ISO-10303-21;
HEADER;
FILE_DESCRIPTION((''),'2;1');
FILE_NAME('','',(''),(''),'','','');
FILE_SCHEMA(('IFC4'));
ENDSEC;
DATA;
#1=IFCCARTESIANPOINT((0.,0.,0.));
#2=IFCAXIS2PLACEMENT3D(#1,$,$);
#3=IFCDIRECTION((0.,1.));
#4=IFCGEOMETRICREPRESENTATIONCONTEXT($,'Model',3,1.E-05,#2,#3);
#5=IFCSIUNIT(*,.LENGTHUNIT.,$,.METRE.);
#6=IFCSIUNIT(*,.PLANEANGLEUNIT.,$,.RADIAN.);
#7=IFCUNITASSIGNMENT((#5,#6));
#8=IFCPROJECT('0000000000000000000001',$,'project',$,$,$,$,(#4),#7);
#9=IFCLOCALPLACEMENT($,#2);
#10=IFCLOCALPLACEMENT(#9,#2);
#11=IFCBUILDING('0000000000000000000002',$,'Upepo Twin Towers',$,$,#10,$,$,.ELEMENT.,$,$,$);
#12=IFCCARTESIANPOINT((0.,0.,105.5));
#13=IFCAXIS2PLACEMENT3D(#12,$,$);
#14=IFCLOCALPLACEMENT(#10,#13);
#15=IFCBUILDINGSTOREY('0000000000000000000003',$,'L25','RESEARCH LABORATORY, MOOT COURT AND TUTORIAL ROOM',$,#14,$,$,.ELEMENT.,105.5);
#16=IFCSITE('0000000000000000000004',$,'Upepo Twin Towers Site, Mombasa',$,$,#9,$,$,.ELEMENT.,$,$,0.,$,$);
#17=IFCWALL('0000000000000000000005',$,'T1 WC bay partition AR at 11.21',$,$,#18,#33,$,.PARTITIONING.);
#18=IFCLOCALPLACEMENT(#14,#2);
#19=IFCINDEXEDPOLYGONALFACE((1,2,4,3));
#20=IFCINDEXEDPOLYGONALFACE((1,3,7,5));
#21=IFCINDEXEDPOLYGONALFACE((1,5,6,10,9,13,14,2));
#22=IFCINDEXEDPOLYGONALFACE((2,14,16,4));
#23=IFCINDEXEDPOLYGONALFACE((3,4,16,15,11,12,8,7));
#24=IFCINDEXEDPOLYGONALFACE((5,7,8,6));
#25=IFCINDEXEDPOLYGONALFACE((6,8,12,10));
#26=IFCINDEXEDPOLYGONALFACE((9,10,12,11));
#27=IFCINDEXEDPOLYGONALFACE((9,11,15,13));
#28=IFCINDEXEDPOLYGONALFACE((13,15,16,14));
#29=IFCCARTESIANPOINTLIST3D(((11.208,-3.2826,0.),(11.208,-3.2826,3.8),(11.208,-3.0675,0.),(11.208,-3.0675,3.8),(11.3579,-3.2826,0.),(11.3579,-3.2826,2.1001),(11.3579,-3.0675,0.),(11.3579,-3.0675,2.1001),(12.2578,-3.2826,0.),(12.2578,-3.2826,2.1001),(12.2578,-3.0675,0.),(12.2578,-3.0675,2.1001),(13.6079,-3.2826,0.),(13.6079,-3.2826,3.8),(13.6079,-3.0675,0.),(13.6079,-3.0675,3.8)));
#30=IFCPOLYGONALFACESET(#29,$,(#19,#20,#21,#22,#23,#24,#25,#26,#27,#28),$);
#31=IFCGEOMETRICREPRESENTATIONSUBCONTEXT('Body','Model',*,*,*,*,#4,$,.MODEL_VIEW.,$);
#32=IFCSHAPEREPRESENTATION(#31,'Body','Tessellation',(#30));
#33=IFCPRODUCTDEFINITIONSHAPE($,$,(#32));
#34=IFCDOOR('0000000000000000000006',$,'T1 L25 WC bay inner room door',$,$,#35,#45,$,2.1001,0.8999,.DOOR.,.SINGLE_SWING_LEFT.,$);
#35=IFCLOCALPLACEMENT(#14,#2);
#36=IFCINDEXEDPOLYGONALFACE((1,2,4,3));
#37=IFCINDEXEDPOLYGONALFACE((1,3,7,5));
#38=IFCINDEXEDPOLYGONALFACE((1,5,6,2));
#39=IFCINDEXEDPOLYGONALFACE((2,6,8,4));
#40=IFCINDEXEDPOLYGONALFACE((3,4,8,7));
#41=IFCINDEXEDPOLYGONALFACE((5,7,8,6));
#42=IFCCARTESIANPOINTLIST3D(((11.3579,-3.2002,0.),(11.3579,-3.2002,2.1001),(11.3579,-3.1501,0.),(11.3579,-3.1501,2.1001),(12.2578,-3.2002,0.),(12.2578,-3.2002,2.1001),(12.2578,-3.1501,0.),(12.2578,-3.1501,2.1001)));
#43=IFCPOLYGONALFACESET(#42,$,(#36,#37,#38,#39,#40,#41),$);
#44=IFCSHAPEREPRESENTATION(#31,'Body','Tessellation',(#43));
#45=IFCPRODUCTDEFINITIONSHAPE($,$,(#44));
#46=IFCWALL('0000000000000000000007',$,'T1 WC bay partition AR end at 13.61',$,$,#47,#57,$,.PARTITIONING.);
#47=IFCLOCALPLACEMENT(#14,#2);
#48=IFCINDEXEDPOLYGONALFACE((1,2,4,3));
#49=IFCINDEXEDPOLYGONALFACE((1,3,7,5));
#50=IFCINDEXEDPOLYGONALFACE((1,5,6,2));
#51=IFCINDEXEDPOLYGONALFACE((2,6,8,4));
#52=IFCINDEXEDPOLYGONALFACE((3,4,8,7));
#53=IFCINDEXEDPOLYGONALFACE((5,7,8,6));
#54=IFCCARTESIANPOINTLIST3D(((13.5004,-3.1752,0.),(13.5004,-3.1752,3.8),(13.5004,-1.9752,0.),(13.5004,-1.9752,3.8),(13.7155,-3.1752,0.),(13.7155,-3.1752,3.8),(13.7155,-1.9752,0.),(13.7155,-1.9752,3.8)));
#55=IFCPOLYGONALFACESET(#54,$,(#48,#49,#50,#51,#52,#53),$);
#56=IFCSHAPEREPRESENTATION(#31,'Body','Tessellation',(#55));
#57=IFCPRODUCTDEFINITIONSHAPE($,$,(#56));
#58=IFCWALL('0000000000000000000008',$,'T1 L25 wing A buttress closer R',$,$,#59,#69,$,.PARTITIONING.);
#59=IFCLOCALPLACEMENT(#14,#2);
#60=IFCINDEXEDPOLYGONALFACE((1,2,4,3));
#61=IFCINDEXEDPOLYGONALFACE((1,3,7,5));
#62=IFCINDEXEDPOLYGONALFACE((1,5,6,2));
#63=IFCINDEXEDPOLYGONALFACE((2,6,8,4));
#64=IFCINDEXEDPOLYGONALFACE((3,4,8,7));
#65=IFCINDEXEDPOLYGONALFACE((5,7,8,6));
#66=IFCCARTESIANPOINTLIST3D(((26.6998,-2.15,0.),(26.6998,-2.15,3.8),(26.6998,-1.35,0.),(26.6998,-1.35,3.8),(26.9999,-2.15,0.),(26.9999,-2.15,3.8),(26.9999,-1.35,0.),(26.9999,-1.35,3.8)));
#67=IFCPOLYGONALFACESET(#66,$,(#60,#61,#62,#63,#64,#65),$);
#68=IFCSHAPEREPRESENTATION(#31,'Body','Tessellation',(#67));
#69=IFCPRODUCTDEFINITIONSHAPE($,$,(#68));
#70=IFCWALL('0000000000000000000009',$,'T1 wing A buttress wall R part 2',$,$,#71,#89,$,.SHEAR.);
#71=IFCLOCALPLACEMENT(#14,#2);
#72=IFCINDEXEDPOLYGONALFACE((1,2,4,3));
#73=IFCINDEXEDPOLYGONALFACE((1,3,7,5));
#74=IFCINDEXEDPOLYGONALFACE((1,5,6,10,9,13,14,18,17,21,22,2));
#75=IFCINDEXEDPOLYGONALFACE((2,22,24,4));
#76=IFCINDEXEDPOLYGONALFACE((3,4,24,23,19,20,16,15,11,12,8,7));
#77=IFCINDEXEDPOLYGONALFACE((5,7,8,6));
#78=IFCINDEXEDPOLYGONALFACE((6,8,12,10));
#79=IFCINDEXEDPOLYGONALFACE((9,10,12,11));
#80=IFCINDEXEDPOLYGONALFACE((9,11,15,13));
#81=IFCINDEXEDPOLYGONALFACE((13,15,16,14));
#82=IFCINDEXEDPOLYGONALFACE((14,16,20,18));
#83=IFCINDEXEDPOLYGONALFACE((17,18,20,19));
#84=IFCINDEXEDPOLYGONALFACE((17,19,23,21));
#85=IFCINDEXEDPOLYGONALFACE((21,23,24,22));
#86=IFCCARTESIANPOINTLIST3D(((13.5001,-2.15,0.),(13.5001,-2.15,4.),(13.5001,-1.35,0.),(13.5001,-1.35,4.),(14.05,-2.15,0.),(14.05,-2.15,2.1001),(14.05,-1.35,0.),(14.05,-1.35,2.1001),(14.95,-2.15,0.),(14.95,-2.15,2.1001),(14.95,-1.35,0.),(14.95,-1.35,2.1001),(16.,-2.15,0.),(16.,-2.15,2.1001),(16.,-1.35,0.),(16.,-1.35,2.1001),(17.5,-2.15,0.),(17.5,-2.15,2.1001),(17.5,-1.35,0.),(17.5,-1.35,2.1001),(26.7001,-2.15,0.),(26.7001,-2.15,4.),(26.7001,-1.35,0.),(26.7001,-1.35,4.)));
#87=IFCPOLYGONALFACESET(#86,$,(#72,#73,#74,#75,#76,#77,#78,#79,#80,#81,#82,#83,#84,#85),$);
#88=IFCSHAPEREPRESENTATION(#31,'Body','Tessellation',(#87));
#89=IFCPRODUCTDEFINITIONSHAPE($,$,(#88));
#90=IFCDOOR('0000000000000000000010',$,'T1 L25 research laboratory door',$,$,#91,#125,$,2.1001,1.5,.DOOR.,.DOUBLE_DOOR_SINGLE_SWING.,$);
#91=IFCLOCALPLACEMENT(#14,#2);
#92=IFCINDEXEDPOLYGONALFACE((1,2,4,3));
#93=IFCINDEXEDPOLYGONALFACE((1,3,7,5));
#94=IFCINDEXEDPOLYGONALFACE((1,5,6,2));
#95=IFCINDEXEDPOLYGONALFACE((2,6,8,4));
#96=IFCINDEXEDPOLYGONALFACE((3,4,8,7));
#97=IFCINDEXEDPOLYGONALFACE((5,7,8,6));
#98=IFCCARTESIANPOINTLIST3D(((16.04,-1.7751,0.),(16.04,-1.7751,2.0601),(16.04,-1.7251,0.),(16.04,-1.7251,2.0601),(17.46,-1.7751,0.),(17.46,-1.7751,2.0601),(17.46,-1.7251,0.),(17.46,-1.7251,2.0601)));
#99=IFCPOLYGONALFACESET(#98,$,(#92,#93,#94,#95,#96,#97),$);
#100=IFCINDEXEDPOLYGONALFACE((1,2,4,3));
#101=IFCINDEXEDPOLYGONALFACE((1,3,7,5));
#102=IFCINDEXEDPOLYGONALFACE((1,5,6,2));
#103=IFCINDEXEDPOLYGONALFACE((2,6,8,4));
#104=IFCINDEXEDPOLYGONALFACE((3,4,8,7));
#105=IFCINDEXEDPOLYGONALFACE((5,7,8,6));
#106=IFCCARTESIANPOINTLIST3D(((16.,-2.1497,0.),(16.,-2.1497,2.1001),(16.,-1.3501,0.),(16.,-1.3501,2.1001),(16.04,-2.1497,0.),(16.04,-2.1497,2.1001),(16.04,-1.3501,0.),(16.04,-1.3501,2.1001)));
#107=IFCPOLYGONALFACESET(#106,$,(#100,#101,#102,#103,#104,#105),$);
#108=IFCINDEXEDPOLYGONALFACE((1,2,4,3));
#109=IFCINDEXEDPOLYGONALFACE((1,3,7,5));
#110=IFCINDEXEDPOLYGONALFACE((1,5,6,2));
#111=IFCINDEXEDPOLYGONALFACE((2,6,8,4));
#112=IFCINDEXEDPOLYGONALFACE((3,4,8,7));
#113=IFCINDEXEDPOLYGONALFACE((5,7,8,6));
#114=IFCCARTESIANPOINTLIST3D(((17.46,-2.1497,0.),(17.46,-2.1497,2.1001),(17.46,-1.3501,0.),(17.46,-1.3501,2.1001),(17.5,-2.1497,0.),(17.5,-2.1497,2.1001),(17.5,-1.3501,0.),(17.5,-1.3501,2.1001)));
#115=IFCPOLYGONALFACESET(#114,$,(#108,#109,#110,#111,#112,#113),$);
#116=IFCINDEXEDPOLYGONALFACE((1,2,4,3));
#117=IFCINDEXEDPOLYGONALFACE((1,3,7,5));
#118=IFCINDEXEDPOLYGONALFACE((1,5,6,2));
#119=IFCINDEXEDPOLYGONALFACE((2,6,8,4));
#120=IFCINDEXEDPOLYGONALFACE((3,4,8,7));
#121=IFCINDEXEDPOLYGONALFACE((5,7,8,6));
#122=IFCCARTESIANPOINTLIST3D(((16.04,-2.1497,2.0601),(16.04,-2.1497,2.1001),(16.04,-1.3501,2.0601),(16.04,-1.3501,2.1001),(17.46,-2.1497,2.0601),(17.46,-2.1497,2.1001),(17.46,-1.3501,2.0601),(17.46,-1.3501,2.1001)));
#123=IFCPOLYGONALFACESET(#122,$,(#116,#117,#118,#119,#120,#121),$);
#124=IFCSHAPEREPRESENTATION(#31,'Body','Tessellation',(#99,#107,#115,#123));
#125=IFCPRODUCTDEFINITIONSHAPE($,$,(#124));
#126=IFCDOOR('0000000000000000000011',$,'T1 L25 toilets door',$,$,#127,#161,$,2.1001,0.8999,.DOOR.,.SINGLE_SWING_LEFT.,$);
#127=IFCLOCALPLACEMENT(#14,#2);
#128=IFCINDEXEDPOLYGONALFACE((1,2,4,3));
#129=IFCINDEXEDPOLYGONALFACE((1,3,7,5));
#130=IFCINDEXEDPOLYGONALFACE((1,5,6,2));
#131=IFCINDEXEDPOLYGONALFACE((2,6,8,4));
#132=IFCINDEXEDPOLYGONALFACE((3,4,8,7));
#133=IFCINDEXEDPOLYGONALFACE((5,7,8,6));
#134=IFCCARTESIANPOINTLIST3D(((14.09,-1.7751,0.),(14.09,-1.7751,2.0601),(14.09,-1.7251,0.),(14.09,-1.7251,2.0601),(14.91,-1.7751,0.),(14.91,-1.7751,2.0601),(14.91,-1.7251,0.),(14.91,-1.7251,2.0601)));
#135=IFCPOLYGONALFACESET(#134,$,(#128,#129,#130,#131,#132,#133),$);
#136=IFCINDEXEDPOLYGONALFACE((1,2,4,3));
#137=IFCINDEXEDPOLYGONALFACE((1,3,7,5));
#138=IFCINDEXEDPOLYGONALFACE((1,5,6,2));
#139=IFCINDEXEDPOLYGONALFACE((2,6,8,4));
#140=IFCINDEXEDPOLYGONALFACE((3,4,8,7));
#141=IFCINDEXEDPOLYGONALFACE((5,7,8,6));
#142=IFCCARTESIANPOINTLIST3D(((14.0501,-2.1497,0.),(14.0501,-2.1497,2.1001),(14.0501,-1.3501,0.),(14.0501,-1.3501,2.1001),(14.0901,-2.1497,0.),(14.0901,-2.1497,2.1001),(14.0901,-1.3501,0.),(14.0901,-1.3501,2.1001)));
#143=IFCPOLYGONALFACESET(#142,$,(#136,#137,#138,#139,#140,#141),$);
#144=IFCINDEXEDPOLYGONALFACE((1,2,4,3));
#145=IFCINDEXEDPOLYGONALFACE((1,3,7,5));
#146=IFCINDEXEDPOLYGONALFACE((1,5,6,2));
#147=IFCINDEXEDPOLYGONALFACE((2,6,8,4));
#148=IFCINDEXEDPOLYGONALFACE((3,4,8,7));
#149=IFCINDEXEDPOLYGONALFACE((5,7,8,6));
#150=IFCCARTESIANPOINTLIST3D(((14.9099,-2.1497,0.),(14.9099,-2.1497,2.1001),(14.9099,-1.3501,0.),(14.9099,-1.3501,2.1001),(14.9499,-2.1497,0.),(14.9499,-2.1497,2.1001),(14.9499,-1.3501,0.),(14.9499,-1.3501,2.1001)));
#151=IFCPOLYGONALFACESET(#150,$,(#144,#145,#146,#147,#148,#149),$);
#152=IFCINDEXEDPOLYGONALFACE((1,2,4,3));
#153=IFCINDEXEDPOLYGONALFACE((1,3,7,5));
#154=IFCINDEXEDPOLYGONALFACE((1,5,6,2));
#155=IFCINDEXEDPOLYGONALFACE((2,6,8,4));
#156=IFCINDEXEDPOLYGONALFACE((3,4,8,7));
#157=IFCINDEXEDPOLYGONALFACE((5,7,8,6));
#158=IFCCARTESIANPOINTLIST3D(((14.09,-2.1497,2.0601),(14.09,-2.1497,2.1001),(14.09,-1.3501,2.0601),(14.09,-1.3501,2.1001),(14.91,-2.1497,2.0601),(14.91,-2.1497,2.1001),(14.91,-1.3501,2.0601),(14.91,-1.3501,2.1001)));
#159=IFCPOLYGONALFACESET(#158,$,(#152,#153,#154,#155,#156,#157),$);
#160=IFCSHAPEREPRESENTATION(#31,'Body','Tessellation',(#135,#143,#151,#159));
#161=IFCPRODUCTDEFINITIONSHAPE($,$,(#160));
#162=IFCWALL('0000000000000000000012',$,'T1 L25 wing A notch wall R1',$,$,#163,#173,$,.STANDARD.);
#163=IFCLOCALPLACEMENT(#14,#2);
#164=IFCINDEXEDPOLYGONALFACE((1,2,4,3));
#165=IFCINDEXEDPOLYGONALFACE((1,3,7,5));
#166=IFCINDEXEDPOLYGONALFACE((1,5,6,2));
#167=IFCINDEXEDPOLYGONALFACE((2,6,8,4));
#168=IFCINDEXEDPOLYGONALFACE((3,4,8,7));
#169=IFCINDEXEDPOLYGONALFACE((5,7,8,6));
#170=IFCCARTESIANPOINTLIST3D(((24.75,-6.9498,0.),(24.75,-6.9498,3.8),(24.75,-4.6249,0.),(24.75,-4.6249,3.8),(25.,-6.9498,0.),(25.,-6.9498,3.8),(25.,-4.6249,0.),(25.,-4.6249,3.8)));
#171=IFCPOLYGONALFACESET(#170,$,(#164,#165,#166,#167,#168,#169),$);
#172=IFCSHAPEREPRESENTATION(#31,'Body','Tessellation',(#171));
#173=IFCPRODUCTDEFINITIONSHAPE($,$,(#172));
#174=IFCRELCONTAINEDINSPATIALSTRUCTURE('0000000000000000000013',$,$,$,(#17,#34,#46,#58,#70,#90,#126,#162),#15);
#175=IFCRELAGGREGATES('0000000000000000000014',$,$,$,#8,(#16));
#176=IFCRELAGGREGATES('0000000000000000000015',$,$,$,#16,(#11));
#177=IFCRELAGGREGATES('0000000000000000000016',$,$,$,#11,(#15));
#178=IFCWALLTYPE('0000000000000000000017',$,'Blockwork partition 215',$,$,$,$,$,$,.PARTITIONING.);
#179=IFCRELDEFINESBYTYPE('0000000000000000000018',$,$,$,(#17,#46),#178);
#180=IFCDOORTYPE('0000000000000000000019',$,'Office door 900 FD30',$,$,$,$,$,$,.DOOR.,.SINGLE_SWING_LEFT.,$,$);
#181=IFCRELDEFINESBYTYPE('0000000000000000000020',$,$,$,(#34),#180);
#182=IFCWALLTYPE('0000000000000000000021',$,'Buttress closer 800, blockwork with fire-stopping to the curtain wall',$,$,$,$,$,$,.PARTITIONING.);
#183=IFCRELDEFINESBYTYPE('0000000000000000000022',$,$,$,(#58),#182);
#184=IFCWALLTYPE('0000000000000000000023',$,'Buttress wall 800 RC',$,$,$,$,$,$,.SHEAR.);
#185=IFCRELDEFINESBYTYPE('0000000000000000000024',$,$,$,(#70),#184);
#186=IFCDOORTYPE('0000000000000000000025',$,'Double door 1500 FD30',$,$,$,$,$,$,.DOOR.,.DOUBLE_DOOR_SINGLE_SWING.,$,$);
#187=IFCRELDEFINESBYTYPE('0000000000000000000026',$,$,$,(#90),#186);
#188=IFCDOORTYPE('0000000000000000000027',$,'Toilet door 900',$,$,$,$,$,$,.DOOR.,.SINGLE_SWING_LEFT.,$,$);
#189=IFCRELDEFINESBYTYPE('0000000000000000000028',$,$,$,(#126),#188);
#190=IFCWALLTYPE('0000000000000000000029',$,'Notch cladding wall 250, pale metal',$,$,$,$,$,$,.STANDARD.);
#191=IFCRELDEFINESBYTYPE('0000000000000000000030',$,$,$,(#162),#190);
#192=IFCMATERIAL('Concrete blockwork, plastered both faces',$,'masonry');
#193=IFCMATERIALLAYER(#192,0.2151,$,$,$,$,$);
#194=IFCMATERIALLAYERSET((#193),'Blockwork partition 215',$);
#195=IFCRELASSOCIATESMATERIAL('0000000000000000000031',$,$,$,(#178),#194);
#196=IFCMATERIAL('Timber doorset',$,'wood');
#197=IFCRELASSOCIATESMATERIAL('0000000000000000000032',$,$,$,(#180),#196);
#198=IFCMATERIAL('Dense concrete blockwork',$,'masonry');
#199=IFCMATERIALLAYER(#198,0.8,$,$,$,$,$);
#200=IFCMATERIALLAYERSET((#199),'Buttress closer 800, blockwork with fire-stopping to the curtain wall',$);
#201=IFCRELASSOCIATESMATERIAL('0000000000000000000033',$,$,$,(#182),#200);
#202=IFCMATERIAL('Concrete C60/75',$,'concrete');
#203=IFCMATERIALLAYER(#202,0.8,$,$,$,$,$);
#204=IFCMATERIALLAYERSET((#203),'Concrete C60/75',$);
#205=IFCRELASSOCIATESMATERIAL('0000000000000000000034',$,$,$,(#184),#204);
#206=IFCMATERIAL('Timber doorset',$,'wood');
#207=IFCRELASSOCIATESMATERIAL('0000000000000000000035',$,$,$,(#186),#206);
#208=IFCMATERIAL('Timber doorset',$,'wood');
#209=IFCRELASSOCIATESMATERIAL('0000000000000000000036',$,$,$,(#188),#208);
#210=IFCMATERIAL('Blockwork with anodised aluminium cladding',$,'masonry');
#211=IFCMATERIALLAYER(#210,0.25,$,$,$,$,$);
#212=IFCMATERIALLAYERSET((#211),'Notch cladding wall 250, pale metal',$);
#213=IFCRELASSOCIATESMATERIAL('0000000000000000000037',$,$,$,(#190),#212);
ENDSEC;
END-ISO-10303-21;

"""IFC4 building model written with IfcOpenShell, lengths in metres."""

from ifc_helpers import new_model, si_unit, direction, frame, frame_2d, origin, place, context, subcontext, project, spatial, rectangle, extrude, material, layer, layer_set, type_object, element, fill, save


model = new_model("IFC4")

# Units and contexts
model_context = context("Model", 3, precision=1e-05, world=origin(), true_north=direction((0.0, 1.0)))
body_context = subcontext(model_context, "Body", "Model", "MODEL_VIEW")
ifc_project = project(units=[si_unit("LENGTHUNIT", "METRE"), si_unit("PLANEANGLEUNIT", "RADIAN")], contexts=[model_context])

# Site, building, storey
site_placement = place(None, origin())
site = spatial("IfcSite", under=ifc_project, at=site_placement, Name="Upepo Twin Towers Site, Mombasa", CompositionType="ELEMENT", RefElevation=0.0)
building_placement = place(site_placement, origin())
building = spatial("IfcBuilding", under=site, at=building_placement, Name="Upepo Twin Towers", CompositionType="ELEMENT")
storey_placement = place(building_placement, frame((0.0, 0.0, 105.5)))
storey = spatial("IfcBuildingStorey", under=building, at=storey_placement, Name="L25", Description="RESEARCH LABORATORY, MOOT COURT AND TUTORIAL ROOM", CompositionType="ELEMENT", Elevation=105.5)

# Shared definitions
ifc_material_1 = material(Name="Concrete blockwork, plastered both faces", Category="masonry")
ifc_layer_1 = layer(ifc_material_1, 0.2151)
ifc_layer_set_1 = layer_set([ifc_layer_1], Name="Blockwork partition 215")
wall_type_1 = type_object("IfcWallType", Name="Blockwork partition 215", PredefinedType="PARTITIONING", material=ifc_layer_set_1)

# Wall, opening, door
wall_1_placement = place(storey_placement, frame((11.208, -3.175, 0.0), z_axis=(0.0, 0.0, 1.0), x_axis=(1.0, 0.0, 0.0)))
wall_1 = element("IfcWall", 1, at=wall_1_placement, inside=storey, type_object=wall_type_1, Name="T1 WC bay partition AR at 11.21", PredefinedType="PARTITIONING", context=body_context, shape_type="SweptSolid", body=[
    extrude(rectangle(XDim=2.3999, YDim=0.2151, at=frame_2d((1.2, 0.0))), origin(), (0.0, 0.0, 1.0), 3.8),
])
opening_1_placement = place(wall_1_placement, frame((0.1499, 0.0, 0.0)))
opening_1 = element("IfcOpeningElement", 2, at=opening_1_placement, cuts=wall_1, PredefinedType="OPENING", context=body_context, shape_type="SweptSolid", body=[
    extrude(rectangle(XDim=0.8999, YDim=2.1001, at=frame_2d((0.45, 1.05))), frame((0.0, 0.1174, 0.0), z_axis=(0.0, -1.0, 0.0), x_axis=(1.0, 0.0, 0.0)), (0.0, 0.0, 1.0), 0.2351),
])
ifc_material_2 = material(Name="Timber doorset", Category="wood")
door_type_1 = type_object("IfcDoorType", Name="Office door 900 FD30", OperationType="SINGLE_SWING_LEFT", PredefinedType="DOOR", material=ifc_material_2)
door_1_placement = place(opening_1_placement, origin())
door_1 = element("IfcDoor", 3, at=door_1_placement, inside=storey, type_object=door_type_1, Name="T1 L25 WC bay inner room door", OperationType="SINGLE_SWING_LEFT", OverallHeight=2.1001, OverallWidth=0.8999, PredefinedType="DOOR", context=body_context, shape_type="SweptSolid", body=[
    extrude(rectangle(XDim=0.8999, YDim=2.1001, at=frame_2d((0.45, 1.05))), frame((0.0, 0.0249, 0.0), z_axis=(0.0, -1.0, 0.0), x_axis=(1.0, 0.0, 0.0)), (0.0, 0.0, 1.0), 0.05),
])
fill(opening_1, door_1)

# Walls
wall_2_placement = place(storey_placement, frame((13.6079, -1.9751, 0.0), z_axis=(0.0, 0.0, 1.0), x_axis=(0.0, -1.0, 0.0)))
element("IfcWall", 4, at=wall_2_placement, inside=storey, type_object=wall_type_1, Name="T1 WC bay partition AR end at 13.61", PredefinedType="PARTITIONING", context=body_context, shape_type="SweptSolid", body=[
    extrude(rectangle(XDim=1.2, YDim=0.2151, at=frame_2d((0.6001, 0.0))), origin(), (0.0, 0.0, 1.0), 3.8),
])
ifc_material_3 = material(Name="Dense concrete blockwork", Category="masonry")
ifc_layer_2 = layer(ifc_material_3, 0.8)
ifc_layer_set_2 = layer_set([ifc_layer_2], Name="Buttress closer 800, blockwork with fire-stopping to the curtain wall")
wall_type_2 = type_object("IfcWallType", Name="Buttress closer 800, blockwork with fire-stopping to the curtain wall", PredefinedType="PARTITIONING", material=ifc_layer_set_2)
wall_3_placement = place(storey_placement, frame((26.7, -1.75, 0.0), z_axis=(0.0, 0.0, 1.0), x_axis=(1.0, 0.0, 0.0)))
element("IfcWall", 5, at=wall_3_placement, inside=storey, type_object=wall_type_2, Name="T1 L25 wing A buttress closer R", PredefinedType="PARTITIONING", context=body_context, shape_type="SweptSolid", body=[
    extrude(rectangle(XDim=0.3, YDim=0.8, at=frame_2d((0.1499, 0.0))), origin(), (0.0, 0.0, 1.0), 3.8),
])

# Wall, openings, doors
ifc_material_4 = material(Name="Concrete C60/75", Category="concrete")
ifc_layer_3 = layer(ifc_material_4, 0.8)
ifc_layer_set_3 = layer_set([ifc_layer_3], Name="Concrete C60/75")
wall_type_3 = type_object("IfcWallType", Name="Buttress wall 800 RC", PredefinedType="SHEAR", material=ifc_layer_set_3)
wall_4_placement = place(storey_placement, frame((13.5, -1.75, 0.0), z_axis=(0.0, 0.0, 1.0), x_axis=(1.0, 0.0, 0.0)))
wall_4 = element("IfcWall", 6, at=wall_4_placement, inside=storey, type_object=wall_type_3, Name="T1 wing A buttress wall R part 2", PredefinedType="SHEAR", context=body_context, shape_type="SweptSolid", body=[
    extrude(rectangle(XDim=13.2, YDim=0.8, at=frame_2d((6.6001, 0.0))), origin(), (0.0, 0.0, 1.0), 4.0),
])
opening_2_placement = place(wall_4_placement, frame((0.55, 0.0, 0.0)))
opening_2 = element("IfcOpeningElement", 7, at=opening_2_placement, cuts=wall_4, PredefinedType="OPENING", context=body_context, shape_type="SweptSolid", body=[
    extrude(rectangle(XDim=0.8999, YDim=2.1001, at=frame_2d((0.45, 1.05))), frame((0.0, 0.4099, 0.0), z_axis=(0.0, -1.0, 0.0), x_axis=(1.0, 0.0, 0.0)), (0.0, 0.0, 1.0), 0.8201),
])
opening_3_placement = place(wall_4_placement, frame((2.5, 0.0, 0.0)))
opening_3 = element("IfcOpeningElement", 8, at=opening_3_placement, cuts=wall_4, PredefinedType="OPENING", context=body_context, shape_type="SweptSolid", body=[
    extrude(rectangle(XDim=1.5, YDim=2.1001, at=frame_2d((0.75, 1.05))), frame((0.0, 0.4099, 0.0), z_axis=(0.0, -1.0, 0.0), x_axis=(1.0, 0.0, 0.0)), (0.0, 0.0, 1.0), 0.8201),
])
ifc_material_5 = material(Name="Timber doorset", Category="wood")
door_type_2 = type_object("IfcDoorType", Name="Double door 1500 FD30", OperationType="DOUBLE_DOOR_SINGLE_SWING", PredefinedType="DOOR", material=ifc_material_5)
door_2_placement = place(opening_3_placement, origin())
door_2 = element("IfcDoor", 9, at=door_2_placement, inside=storey, type_object=door_type_2, Name="T1 L25 research laboratory door", OperationType="DOUBLE_DOOR_SINGLE_SWING", OverallHeight=2.1001, OverallWidth=1.5, PredefinedType="DOOR", context=body_context, shape_type="SweptSolid", body=[
    extrude(rectangle(XDim=1.42, YDim=2.0601, at=frame_2d((0.75, 1.03))), frame((0.0, 0.0249, 0.0), z_axis=(0.0, -1.0, 0.0), x_axis=(1.0, 0.0, 0.0)), (0.0, 0.0, 1.0), 0.05),
    extrude(rectangle(XDim=0.04, YDim=2.1001, at=frame_2d((0.02, 1.05))), frame((0.0, 0.3999, 0.0), z_axis=(0.0, -1.0, 0.0), x_axis=(1.0, 0.0, 0.0)), (0.0, 0.0, 1.0), 0.7996),
    extrude(rectangle(XDim=0.04, YDim=2.1001, at=frame_2d((1.48, 1.05))), frame((0.0, 0.3999, 0.0), z_axis=(0.0, -1.0, 0.0), x_axis=(1.0, 0.0, 0.0)), (0.0, 0.0, 1.0), 0.7996),
    extrude(rectangle(XDim=1.42, YDim=0.04, at=frame_2d((0.75, 2.0801))), frame((0.0, 0.3999, 0.0), z_axis=(0.0, -1.0, 0.0), x_axis=(1.0, 0.0, 0.0)), (0.0, 0.0, 1.0), 0.7996),
])
fill(opening_3, door_2)
ifc_material_6 = material(Name="Timber doorset", Category="wood")
door_type_3 = type_object("IfcDoorType", Name="Toilet door 900", OperationType="SINGLE_SWING_LEFT", PredefinedType="DOOR", material=ifc_material_6)
door_3_placement = place(opening_2_placement, origin())
door_3 = element("IfcDoor", 10, at=door_3_placement, inside=storey, type_object=door_type_3, Name="T1 L25 toilets door", OperationType="SINGLE_SWING_LEFT", OverallHeight=2.1001, OverallWidth=0.8999, PredefinedType="DOOR", context=body_context, shape_type="SweptSolid", body=[
    extrude(rectangle(XDim=0.8199, YDim=2.0601, at=frame_2d((0.45, 1.03))), frame((0.0, 0.0249, 0.0), z_axis=(0.0, -1.0, 0.0), x_axis=(1.0, 0.0, 0.0)), (0.0, 0.0, 1.0), 0.05),
    extrude(rectangle(XDim=0.04, YDim=2.1001, at=frame_2d((0.02, 1.05))), frame((0.0, 0.3999, 0.0), z_axis=(0.0, -1.0, 0.0), x_axis=(1.0, 0.0, 0.0)), (0.0, 0.0, 1.0), 0.7996),
    extrude(rectangle(XDim=0.04, YDim=2.1001, at=frame_2d((0.8799, 1.05))), frame((0.0, 0.3999, 0.0), z_axis=(0.0, -1.0, 0.0), x_axis=(1.0, 0.0, 0.0)), (0.0, 0.0, 1.0), 0.7996),
    extrude(rectangle(XDim=0.8199, YDim=0.04, at=frame_2d((0.45, 2.0801))), frame((0.0, 0.3999, 0.0), z_axis=(0.0, -1.0, 0.0), x_axis=(1.0, 0.0, 0.0)), (0.0, 0.0, 1.0), 0.7996),
])
fill(opening_2, door_3)

# Wall
ifc_material_7 = material(Name="Blockwork with anodised aluminium cladding", Category="masonry")
ifc_layer_4 = layer(ifc_material_7, 0.25)
ifc_layer_set_4 = layer_set([ifc_layer_4], Name="Notch cladding wall 250, pale metal")
wall_type_4 = type_object("IfcWallType", Name="Notch cladding wall 250, pale metal", PredefinedType="STANDARD", material=ifc_layer_set_4)
for number, where, z_axis, x_axis, name in (
    (11, (24.875, -6.95, 0.0), (0.0, 0.0, 1.0), (0.0, 1.0, 0.0), "T1 L25 wing A notch wall R1"),
):
    element("IfcWall", number, at=place(storey_placement, frame(where, z_axis=z_axis, x_axis=x_axis)), inside=storey, type_object=wall_type_4, Name=name, PredefinedType="STANDARD", context=body_context, shape_type="SweptSolid", body=[
        extrude(rectangle(XDim=2.325, YDim=0.25, at=frame_2d((1.1626, 0.0))), origin(), (0.0, 0.0, 1.0), 3.8),
    ])

save(model, "model.ifc")
